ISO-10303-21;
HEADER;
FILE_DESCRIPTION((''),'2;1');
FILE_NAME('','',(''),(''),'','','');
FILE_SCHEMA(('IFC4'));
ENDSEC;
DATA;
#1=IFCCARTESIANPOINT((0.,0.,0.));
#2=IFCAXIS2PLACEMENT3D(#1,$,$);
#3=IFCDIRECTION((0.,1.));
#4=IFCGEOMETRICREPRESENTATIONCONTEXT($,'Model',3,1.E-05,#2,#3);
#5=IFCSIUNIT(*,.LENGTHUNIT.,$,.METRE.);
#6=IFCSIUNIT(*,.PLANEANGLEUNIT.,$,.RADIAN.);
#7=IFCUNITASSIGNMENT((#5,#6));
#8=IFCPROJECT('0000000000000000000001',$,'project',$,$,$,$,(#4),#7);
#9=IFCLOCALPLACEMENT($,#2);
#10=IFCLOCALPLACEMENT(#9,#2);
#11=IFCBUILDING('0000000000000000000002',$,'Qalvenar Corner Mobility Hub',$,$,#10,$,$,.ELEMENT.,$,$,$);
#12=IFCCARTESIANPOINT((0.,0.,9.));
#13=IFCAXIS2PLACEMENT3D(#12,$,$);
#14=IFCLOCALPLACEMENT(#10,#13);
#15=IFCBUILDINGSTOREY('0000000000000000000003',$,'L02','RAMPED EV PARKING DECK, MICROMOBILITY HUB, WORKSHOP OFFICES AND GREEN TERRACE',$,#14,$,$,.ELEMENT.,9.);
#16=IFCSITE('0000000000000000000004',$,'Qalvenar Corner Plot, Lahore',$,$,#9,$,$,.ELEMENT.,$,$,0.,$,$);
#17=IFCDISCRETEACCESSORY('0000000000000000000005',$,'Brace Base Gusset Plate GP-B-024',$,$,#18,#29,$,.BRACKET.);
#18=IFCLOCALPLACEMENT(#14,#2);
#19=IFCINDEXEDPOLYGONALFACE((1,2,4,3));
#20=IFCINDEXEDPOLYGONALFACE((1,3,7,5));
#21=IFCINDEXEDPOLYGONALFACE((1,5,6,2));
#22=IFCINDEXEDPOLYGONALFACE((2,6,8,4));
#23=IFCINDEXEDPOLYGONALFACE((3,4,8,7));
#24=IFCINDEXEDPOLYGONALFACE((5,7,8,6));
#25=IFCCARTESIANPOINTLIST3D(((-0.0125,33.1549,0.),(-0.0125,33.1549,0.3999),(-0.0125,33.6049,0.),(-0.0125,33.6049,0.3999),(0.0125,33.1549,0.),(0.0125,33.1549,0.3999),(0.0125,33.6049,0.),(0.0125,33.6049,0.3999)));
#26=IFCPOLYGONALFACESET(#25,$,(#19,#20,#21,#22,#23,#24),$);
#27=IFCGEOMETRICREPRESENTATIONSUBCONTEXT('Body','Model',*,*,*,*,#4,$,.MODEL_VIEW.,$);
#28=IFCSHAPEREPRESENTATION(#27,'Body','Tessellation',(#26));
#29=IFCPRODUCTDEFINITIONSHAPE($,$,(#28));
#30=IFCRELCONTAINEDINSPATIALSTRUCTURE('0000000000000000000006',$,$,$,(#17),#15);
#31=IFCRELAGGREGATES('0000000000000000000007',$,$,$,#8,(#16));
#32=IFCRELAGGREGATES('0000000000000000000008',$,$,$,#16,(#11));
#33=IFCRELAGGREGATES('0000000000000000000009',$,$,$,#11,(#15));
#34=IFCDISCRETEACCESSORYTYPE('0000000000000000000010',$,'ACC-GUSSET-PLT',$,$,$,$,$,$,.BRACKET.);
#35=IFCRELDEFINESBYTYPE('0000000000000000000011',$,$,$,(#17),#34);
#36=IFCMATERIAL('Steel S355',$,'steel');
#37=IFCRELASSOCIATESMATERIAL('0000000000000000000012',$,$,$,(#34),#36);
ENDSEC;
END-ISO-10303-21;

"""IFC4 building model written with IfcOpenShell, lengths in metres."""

from ifc_helpers import new_model, si_unit, direction, frame, origin, origin_2d, place, context, subcontext, project, spatial, rectangle, extrude, material, type_object, element, save


model = new_model("IFC4")

# Units and contexts
model_context = context("Model", 3, precision=1e-05, world=origin(), true_north=direction((0.0, 1.0)))
body_context = subcontext(model_context, "Body", "Model", "MODEL_VIEW")
ifc_project = project(units=[si_unit("LENGTHUNIT", "METRE"), si_unit("PLANEANGLEUNIT", "RADIAN")], contexts=[model_context])

# Site, building, storey
site_placement = place(None, origin())
site = spatial("IfcSite", under=ifc_project, at=site_placement, Name="Qalvenar Corner Plot, Lahore", CompositionType="ELEMENT", RefElevation=0.0)
building_placement = place(site_placement, origin())
building = spatial("IfcBuilding", under=site, at=building_placement, Name="Qalvenar Corner Mobility Hub", CompositionType="ELEMENT")
storey_placement = place(building_placement, frame((0.0, 0.0, 9.0)))
storey = spatial("IfcBuildingStorey", under=building, at=storey_placement, Name="L02", Description="RAMPED EV PARKING DECK, MICROMOBILITY HUB, WORKSHOP OFFICES AND GREEN TERRACE", CompositionType="ELEMENT", Elevation=9.0)

# Shared definitions
ifc_material_1 = material(Name="Steel S355", Category="steel")

# Discrete accessory
discrete_accessory_type = type_object("IfcDiscreteAccessoryType", Name="ACC-GUSSET-PLT", PredefinedType="BRACKET", material=ifc_material_1)
for number, where, z_axis, x_axis, name in (
    (1, (0.0, 33.3799, 0.0), (0.0, 0.0, 1.0), (0.0, 1.0, 0.0), "Brace Base Gusset Plate GP-B-024"),
):
    element("IfcDiscreteAccessory", number, at=place(storey_placement, frame(where, z_axis=z_axis, x_axis=x_axis)), inside=storey, type_object=discrete_accessory_type, Name=name, PredefinedType="BRACKET", context=body_context, shape_type="SweptSolid", body=[
        extrude(rectangle(XDim=0.45, YDim=0.0249, at=origin_2d()), origin(), (0.0, 0.0, 1.0), 0.3999),
    ])

save(model, "model.ifc")
